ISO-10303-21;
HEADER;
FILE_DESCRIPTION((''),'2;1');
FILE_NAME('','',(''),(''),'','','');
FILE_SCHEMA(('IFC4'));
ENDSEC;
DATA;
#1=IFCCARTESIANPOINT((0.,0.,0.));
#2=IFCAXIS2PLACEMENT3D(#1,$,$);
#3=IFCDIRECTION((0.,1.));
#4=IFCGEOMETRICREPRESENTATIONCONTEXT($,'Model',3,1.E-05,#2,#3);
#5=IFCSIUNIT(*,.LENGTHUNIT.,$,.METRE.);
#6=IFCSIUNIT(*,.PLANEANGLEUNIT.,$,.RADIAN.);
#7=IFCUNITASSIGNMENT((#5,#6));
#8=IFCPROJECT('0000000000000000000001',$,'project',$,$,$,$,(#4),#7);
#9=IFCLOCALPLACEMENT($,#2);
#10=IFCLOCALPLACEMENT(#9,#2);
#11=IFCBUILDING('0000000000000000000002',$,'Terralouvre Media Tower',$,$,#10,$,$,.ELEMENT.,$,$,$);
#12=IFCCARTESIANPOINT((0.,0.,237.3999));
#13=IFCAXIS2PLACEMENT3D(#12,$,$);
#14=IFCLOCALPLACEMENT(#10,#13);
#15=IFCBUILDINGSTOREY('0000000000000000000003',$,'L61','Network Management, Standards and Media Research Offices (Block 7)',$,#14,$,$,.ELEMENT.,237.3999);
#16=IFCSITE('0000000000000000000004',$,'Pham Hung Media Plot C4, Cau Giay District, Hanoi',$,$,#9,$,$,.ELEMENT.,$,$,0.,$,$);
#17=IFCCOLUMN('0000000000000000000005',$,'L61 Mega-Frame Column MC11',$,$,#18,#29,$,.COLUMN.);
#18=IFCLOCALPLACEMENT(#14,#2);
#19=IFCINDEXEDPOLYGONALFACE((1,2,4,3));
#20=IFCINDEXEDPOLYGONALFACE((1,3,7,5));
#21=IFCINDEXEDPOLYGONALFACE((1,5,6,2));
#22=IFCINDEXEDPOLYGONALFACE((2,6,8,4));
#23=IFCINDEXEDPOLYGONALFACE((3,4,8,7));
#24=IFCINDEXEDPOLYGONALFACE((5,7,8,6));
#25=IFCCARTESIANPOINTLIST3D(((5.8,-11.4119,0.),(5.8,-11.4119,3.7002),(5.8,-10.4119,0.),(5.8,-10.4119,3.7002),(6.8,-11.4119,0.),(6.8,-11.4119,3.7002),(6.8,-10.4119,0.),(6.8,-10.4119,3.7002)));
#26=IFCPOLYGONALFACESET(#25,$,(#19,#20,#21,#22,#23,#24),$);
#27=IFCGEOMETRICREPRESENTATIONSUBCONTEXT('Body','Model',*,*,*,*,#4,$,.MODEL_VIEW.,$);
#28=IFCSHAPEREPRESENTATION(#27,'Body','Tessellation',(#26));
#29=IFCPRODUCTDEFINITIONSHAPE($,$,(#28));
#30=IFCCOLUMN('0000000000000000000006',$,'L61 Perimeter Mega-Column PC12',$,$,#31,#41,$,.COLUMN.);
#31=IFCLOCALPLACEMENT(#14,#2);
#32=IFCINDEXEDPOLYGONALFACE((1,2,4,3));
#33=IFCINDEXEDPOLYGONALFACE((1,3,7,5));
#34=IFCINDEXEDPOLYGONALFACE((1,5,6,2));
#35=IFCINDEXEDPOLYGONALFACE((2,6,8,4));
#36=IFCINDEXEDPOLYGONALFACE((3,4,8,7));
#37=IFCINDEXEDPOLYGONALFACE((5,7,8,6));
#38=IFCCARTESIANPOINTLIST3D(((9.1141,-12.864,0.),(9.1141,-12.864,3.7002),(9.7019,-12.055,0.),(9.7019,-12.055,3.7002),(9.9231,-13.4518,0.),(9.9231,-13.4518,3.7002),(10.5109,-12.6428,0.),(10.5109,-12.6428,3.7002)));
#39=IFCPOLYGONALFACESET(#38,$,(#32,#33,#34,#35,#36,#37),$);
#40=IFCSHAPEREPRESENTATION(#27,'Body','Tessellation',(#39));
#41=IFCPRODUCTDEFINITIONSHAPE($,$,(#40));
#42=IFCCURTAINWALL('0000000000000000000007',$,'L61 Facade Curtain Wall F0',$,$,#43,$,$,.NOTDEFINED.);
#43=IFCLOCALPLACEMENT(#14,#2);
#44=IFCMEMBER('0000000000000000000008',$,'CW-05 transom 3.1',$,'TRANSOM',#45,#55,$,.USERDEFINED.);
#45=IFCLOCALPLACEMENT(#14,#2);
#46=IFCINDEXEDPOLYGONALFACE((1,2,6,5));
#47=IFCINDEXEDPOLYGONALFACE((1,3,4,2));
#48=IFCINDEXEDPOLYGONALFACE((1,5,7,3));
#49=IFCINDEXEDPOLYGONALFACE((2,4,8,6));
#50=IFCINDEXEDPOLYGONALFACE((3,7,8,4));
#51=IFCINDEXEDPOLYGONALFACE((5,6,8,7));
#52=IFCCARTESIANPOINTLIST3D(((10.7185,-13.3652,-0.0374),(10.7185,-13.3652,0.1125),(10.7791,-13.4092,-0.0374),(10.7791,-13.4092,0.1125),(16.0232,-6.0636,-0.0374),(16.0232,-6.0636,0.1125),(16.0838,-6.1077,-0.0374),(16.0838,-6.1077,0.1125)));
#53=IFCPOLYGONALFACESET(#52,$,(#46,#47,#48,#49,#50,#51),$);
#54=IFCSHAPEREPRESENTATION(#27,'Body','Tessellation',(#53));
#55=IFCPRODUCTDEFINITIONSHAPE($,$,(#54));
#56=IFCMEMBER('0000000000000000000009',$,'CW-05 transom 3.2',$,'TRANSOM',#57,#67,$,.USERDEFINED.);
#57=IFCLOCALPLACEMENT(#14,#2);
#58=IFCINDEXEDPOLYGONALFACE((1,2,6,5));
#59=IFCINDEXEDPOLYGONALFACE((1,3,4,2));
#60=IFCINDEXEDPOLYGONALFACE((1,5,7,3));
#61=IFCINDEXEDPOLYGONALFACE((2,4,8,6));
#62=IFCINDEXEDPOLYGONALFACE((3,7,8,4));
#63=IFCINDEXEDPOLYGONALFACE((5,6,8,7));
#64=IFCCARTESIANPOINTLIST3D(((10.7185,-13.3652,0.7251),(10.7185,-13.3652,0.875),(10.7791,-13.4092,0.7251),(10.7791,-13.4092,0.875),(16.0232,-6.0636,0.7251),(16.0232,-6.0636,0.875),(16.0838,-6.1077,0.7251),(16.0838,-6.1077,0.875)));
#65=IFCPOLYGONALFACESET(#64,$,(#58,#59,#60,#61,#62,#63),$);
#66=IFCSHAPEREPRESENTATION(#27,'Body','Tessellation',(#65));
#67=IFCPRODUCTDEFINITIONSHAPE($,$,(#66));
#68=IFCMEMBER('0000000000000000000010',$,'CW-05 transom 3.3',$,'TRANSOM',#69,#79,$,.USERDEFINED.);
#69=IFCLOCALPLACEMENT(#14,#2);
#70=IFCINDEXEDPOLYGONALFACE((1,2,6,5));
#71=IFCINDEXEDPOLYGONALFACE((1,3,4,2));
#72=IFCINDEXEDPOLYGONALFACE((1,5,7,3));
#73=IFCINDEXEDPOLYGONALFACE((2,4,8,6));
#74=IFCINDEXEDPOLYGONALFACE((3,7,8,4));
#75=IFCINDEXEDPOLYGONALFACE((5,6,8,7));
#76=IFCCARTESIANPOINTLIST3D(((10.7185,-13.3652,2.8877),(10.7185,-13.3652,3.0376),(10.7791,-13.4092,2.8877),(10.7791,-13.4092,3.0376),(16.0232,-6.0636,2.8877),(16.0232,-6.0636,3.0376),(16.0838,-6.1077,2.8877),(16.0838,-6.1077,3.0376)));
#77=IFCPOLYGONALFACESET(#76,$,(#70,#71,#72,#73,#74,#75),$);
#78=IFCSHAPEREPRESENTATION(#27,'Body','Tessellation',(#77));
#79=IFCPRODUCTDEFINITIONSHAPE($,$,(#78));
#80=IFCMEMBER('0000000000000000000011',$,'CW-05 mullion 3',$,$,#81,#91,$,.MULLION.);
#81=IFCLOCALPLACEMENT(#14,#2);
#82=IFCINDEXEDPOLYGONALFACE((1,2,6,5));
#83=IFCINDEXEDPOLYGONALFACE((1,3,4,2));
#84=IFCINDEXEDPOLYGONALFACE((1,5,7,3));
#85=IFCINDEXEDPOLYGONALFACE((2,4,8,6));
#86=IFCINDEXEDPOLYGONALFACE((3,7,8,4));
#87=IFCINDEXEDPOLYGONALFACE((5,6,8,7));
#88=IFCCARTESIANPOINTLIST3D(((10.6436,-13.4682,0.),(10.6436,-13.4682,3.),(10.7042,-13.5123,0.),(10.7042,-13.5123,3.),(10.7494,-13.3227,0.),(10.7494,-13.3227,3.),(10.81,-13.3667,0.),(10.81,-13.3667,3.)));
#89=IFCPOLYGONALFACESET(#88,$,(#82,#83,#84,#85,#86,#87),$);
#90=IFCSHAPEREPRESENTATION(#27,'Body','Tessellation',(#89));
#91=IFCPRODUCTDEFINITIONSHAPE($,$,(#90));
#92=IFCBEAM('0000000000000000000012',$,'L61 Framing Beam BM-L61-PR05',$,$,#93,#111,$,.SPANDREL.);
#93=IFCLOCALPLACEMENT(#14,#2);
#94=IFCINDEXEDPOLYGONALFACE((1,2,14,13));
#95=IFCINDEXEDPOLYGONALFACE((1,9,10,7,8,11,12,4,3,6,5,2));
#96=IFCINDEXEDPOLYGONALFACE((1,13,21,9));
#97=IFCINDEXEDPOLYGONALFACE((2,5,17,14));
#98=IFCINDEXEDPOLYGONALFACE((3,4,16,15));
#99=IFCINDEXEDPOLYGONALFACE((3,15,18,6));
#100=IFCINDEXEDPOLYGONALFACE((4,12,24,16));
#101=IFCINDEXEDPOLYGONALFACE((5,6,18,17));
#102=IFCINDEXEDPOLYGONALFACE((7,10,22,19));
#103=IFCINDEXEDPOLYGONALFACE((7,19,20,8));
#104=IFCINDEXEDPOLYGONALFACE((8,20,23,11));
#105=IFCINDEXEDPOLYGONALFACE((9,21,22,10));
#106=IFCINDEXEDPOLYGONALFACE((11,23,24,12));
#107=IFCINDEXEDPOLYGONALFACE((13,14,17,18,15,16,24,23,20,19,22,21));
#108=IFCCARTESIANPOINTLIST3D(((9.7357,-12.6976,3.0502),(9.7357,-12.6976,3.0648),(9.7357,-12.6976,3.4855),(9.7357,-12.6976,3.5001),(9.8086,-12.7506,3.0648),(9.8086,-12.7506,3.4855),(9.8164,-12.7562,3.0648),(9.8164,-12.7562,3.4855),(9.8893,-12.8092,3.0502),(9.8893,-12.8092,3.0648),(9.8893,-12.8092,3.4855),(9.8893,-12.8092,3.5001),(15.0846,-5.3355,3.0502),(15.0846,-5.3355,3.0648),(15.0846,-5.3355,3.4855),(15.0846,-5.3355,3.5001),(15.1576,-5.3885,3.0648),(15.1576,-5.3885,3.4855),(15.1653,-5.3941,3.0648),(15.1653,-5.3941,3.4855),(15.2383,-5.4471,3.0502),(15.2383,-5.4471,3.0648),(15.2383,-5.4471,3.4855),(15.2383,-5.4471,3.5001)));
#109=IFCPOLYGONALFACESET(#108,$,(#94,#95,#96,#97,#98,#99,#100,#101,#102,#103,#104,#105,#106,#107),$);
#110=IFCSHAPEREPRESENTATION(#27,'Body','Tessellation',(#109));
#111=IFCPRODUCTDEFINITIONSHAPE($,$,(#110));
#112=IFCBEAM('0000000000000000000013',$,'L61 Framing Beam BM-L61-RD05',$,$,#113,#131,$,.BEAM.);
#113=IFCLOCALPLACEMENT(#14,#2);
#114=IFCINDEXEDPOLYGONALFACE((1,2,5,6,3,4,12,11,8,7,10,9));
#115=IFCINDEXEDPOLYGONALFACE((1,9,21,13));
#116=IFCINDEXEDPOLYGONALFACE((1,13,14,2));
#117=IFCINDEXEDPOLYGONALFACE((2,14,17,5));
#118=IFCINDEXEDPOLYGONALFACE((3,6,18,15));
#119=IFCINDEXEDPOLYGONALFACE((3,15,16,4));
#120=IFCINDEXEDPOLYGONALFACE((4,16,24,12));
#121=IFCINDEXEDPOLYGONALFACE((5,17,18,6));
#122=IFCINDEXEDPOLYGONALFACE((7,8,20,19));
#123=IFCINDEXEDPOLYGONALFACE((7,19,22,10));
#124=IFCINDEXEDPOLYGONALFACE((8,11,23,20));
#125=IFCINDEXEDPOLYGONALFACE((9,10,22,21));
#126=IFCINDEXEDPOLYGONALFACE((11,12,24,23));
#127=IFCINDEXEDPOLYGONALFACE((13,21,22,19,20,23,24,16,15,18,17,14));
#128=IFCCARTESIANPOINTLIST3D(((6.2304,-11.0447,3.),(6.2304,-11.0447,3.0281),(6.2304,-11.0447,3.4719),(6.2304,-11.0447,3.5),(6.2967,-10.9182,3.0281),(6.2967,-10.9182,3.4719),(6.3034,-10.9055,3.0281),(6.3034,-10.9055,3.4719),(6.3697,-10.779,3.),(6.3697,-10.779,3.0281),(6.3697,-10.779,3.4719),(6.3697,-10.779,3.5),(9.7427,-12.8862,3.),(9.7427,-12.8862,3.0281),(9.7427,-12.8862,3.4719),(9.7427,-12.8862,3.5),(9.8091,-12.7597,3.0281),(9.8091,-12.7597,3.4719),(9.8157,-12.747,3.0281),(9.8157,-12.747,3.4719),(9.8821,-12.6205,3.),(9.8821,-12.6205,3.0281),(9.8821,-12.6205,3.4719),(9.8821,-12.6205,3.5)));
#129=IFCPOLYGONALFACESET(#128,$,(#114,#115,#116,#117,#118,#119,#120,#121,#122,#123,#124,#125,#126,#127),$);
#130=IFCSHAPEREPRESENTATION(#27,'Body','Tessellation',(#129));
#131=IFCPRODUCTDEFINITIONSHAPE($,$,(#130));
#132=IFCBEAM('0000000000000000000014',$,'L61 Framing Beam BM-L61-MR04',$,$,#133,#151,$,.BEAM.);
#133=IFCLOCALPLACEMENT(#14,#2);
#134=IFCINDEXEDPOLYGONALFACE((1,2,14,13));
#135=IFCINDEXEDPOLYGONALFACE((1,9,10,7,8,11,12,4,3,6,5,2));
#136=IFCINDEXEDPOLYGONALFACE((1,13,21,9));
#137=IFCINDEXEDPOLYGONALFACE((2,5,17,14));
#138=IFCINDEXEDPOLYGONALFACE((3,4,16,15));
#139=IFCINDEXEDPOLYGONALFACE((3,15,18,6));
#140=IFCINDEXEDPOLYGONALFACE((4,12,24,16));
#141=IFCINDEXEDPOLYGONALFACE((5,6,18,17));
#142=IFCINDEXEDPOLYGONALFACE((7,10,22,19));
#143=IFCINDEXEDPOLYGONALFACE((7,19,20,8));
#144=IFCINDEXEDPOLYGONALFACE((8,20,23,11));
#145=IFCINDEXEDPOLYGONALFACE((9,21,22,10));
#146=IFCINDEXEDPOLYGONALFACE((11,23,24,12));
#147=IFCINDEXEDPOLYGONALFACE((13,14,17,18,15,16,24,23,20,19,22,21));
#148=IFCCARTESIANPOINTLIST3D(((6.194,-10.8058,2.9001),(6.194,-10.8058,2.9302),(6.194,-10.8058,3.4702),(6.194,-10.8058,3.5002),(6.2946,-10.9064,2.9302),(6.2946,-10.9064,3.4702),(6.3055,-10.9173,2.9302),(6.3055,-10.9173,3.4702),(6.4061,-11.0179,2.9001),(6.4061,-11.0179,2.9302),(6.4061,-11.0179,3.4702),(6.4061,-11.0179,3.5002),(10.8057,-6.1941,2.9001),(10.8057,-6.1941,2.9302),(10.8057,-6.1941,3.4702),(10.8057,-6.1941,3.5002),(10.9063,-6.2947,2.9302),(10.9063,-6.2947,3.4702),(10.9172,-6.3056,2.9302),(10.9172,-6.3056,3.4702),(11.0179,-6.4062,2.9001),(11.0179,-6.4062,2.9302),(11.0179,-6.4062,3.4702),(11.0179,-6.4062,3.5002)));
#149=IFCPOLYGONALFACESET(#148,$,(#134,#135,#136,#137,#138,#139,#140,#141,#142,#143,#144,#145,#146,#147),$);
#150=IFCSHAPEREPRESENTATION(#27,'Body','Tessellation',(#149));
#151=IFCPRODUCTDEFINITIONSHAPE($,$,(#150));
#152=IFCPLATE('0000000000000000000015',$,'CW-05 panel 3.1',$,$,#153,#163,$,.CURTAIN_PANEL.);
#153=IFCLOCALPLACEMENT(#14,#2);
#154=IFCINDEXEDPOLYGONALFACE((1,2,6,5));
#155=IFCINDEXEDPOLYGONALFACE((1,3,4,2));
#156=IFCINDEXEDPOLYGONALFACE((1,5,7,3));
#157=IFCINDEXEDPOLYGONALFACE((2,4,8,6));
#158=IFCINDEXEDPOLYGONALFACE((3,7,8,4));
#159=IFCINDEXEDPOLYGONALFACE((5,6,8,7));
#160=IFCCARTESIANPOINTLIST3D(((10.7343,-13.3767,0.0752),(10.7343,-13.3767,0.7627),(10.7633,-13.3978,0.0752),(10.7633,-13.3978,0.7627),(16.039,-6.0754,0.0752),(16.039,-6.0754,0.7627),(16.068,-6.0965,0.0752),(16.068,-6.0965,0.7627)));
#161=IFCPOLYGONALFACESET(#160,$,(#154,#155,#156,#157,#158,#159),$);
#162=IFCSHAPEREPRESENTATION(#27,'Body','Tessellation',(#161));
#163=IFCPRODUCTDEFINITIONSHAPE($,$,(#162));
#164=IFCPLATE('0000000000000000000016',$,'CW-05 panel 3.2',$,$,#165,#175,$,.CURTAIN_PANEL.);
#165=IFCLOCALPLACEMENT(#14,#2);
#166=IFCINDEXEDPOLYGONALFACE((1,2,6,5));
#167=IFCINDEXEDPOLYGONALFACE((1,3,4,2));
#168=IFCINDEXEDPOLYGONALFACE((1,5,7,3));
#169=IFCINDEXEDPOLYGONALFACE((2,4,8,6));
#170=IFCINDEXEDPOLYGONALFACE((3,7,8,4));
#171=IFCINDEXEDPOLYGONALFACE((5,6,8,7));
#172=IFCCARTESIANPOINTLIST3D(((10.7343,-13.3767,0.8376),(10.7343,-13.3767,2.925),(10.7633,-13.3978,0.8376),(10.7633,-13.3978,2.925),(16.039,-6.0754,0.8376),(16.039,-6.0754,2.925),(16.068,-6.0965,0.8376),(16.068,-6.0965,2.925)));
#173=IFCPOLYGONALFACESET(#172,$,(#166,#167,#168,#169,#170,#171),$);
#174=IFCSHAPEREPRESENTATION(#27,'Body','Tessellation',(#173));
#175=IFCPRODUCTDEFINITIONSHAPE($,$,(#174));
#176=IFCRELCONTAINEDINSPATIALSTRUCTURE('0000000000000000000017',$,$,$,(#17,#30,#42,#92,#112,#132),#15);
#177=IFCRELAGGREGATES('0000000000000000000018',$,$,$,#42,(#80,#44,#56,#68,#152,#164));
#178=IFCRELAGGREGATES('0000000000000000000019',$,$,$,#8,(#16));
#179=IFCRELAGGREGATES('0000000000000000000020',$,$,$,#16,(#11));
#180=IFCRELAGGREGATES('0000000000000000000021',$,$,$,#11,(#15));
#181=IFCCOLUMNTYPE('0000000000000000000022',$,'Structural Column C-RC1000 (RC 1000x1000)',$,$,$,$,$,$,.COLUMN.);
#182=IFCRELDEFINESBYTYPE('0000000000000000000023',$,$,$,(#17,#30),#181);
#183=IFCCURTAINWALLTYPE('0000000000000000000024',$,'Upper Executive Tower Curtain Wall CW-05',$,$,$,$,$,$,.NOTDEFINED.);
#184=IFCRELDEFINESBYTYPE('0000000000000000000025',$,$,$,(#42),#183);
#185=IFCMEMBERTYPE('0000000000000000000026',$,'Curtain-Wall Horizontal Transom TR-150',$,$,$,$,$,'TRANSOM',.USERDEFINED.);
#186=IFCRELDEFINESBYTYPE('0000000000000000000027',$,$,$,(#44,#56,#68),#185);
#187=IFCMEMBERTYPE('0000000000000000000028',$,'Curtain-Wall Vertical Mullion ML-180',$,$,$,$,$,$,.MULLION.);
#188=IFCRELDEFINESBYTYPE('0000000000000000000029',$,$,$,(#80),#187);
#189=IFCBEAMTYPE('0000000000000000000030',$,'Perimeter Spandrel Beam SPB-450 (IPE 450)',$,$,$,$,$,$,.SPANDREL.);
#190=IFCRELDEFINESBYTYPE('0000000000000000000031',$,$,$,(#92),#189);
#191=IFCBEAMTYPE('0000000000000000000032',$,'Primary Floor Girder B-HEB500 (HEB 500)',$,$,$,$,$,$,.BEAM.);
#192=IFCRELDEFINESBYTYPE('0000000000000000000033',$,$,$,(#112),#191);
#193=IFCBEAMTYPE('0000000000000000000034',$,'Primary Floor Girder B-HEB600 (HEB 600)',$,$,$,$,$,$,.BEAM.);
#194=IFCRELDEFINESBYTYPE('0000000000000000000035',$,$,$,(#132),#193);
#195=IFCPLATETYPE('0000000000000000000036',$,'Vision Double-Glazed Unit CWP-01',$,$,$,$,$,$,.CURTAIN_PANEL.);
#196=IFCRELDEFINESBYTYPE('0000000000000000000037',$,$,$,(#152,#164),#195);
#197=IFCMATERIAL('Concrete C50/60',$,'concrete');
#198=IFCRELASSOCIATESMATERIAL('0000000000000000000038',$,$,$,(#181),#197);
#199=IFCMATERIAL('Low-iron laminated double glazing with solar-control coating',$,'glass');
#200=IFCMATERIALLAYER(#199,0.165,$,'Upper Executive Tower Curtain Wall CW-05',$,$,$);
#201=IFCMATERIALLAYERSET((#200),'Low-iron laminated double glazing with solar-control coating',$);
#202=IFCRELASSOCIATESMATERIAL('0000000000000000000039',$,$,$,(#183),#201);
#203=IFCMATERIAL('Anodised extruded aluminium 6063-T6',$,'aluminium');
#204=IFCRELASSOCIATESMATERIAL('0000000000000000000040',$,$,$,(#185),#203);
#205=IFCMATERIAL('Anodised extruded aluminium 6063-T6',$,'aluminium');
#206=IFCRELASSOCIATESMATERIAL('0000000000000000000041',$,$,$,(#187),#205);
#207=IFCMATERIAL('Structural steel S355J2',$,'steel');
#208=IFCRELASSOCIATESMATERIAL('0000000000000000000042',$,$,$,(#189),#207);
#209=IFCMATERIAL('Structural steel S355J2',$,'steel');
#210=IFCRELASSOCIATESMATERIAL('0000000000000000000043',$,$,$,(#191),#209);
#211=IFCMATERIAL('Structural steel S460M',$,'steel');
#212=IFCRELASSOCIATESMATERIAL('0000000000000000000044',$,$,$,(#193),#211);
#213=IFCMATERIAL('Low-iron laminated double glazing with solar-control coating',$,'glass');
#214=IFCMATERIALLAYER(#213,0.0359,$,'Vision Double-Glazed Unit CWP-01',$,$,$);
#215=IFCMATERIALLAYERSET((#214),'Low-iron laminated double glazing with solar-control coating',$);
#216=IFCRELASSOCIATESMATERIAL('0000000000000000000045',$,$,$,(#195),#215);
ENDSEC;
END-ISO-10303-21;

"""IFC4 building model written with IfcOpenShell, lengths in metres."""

from ifc_helpers import new_model, si_unit, direction, frame, origin, origin_2d, place, context, subcontext, project, spatial, rectangle, i_section, extrude, material, layer, layer_set, material_profile, profile_set, type_object, element, aggregate, save


model = new_model("IFC4")

# Units and contexts
model_context = context("Model", 3, precision=1e-05, world=origin(), true_north=direction((0.0, 1.0)))
body_context = subcontext(model_context, "Body", "Model", "MODEL_VIEW")
ifc_project = project(units=[si_unit("LENGTHUNIT", "METRE"), si_unit("PLANEANGLEUNIT", "RADIAN")], contexts=[model_context])

# Site, building, storey
site_placement = place(None, origin())
site = spatial("IfcSite", under=ifc_project, at=site_placement, Name="Pham Hung Media Plot C4, Cau Giay District, Hanoi", CompositionType="ELEMENT", RefElevation=0.0)
building_placement = place(site_placement, origin())
building = spatial("IfcBuilding", under=site, at=building_placement, Name="Terralouvre Media Tower", CompositionType="ELEMENT")
storey_placement = place(building_placement, frame((0.0, 0.0, 237.3999)))
storey = spatial("IfcBuildingStorey", under=building, at=storey_placement, Name="L61", Description="Network Management, Standards and Media Research Offices (Block 7)", CompositionType="ELEMENT", Elevation=237.3999)

# Columns
ifc_material_1 = material(Name="Concrete C50/60", Category="concrete")
ifc_material_profile_1 = material_profile(ifc_material_1, rectangle(XDim=1.0, YDim=1.0, at=origin_2d()), Name="RC 1000x1000")
ifc_profile_set_1 = profile_set([ifc_material_profile_1], Name="Concrete C50/60")
column_type = type_object("IfcColumnType", Name="Structural Column C-RC1000 (RC 1000x1000)", PredefinedType="COLUMN", material=ifc_profile_set_1)
for number, where, z_axis, x_axis, name in (
    (1, (6.3, -10.9119, 0.0), (0.0, 0.0, 1.0), (1.0, 0.0, 0.0), "L61 Mega-Frame Column MC11"),
    (2, (9.8125, -12.7534, 0.0), (0.0, 0.0, 1.0), (0.587785, 0.809017, 0.0), "L61 Perimeter Mega-Column PC12"),
):
    element("IfcColumn", number, at=place(storey_placement, frame(where, z_axis=z_axis, x_axis=x_axis)), inside=storey, type_object=column_type, Name=name, PredefinedType="COLUMN", context=body_context, shape_type="SweptSolid", body=[
        extrude(rectangle(XDim=1.0, YDim=1.0, at=origin_2d()), origin(), (0.0, 0.0, 1.0), 3.7002),
    ])

# Curtain wall, members
ifc_material_2 = material(Name="Low-iron laminated double glazing with solar-control coating", Category="glass")
ifc_layer_1 = layer(ifc_material_2, 0.165, Name="Upper Executive Tower Curtain Wall CW-05")
ifc_layer_set_1 = layer_set([ifc_layer_1], Name="Low-iron laminated double glazing with solar-control coating")
curtain_wall_type = type_object("IfcCurtainWallType", Name="Upper Executive Tower Curtain Wall CW-05", PredefinedType="NOTDEFINED", material=ifc_layer_set_1)
curtain_wall_placement = place(storey_placement, origin())
curtain_wall = element("IfcCurtainWall", 3, at=curtain_wall_placement, inside=storey, type_object=curtain_wall_type, Name="L61 Facade Curtain Wall F0", PredefinedType="NOTDEFINED")
ifc_material_3 = material(Name="Anodised extruded aluminium 6063-T6", Category="aluminium")
ifc_material_profile_2 = material_profile(ifc_material_3, rectangle(XDim=0.075, YDim=0.1499, at=origin_2d()), Name="ALU 75x150")
ifc_profile_set_2 = profile_set([ifc_material_profile_2], Name="Anodised extruded aluminium 6063-T6")
member_type_1 = type_object("IfcMemberType", Name="Curtain-Wall Horizontal Transom TR-150", ElementType="TRANSOM", PredefinedType="USERDEFINED", material=ifc_profile_set_2)
member_1_placement = place(storey_placement, frame((10.7488, -13.3872, 0.0376), z_axis=(0.587773, 0.809026, 0.0), x_axis=(-0.809026, 0.587773, 0.0)))
member_1 = element("IfcMember", 4, at=member_1_placement, type_object=member_type_1, Name="CW-05 transom 3.1", ObjectType="TRANSOM", PredefinedType="USERDEFINED", context=body_context, shape_type="SweptSolid", body=[
    extrude(rectangle(XDim=0.075, YDim=0.1499, at=origin_2d()), origin(), (0.0, 0.0, 1.0), 9.0251),
])
member_2_placement = place(storey_placement, frame((10.7488, -13.3872, 0.8), z_axis=(0.587773, 0.809026, 0.0), x_axis=(-0.809026, 0.587773, 0.0)))
member_2 = element("IfcMember", 5, at=member_2_placement, type_object=member_type_1, Name="CW-05 transom 3.2", ObjectType="TRANSOM", PredefinedType="USERDEFINED", context=body_context, shape_type="SweptSolid", body=[
    extrude(rectangle(XDim=0.075, YDim=0.1499, at=origin_2d()), origin(), (0.0, 0.0, 1.0), 9.0251),
])
member_3_placement = place(storey_placement, frame((10.7488, -13.3872, 2.9626), z_axis=(0.587773, 0.809026, 0.0), x_axis=(-0.809026, 0.587773, 0.0)))
member_3 = element("IfcMember", 6, at=member_3_placement, type_object=member_type_1, Name="CW-05 transom 3.3", ObjectType="TRANSOM", PredefinedType="USERDEFINED", context=body_context, shape_type="SweptSolid", body=[
    extrude(rectangle(XDim=0.075, YDim=0.1499, at=origin_2d()), origin(), (0.0, 0.0, 1.0), 9.0251),
])
ifc_material_4 = material(Name="Anodised extruded aluminium 6063-T6", Category="aluminium")
ifc_material_profile_3 = material_profile(ifc_material_4, rectangle(XDim=0.075, YDim=0.1799, at=origin_2d()), Name="ALU 75x180")
ifc_profile_set_3 = profile_set([ifc_material_profile_3], Name="Anodised extruded aluminium 6063-T6")
member_type_2 = type_object("IfcMemberType", Name="Curtain-Wall Vertical Mullion ML-180", PredefinedType="MULLION", material=ifc_profile_set_3)
member_4_placement = place(storey_placement, frame((10.7268, -13.4175, 0.0), z_axis=(0.0, 0.0, 1.0), x_axis=(-0.809017, 0.587785, 0.0)))
member_4 = element("IfcMember", 7, at=member_4_placement, type_object=member_type_2, Name="CW-05 mullion 3", PredefinedType="MULLION", context=body_context, shape_type="SweptSolid", body=[
    extrude(rectangle(XDim=0.075, YDim=0.1799, at=origin_2d()), origin(), (0.0, 0.0, 1.0), 3.0),
])

# Beams
ifc_material_5 = material(Name="Structural steel S355J2", Category="steel")
ifc_material_profile_4 = material_profile(ifc_material_5, i_section(OverallWidth=0.1899, OverallDepth=0.45, WebThickness=0.0095, FlangeThickness=0.0146, at=origin_2d()), Name="IPE 450")
ifc_profile_set_4 = profile_set([ifc_material_profile_4], Name="Structural steel S355J2")
beam_type_1 = type_object("IfcBeamType", Name="Perimeter Spandrel Beam SPB-450 (IPE 450)", PredefinedType="SPANDREL", material=ifc_profile_set_4)
beam_1_placement = place(storey_placement, frame((9.8125, -12.7534, 3.2751), z_axis=(0.587787, 0.809016, 0.0), x_axis=(-0.809016, 0.587787, 0.0)))
element("IfcBeam", 8, at=beam_1_placement, inside=storey, type_object=beam_type_1, Name="L61 Framing Beam BM-L61-PR05", PredefinedType="SPANDREL", context=body_context, shape_type="SweptSolid", body=[
    extrude(i_section(OverallWidth=0.1899, OverallDepth=0.45, WebThickness=0.0095, FlangeThickness=0.0146, at=origin_2d()), origin(), (0.0, 0.0, 1.0), 9.1001),
])
ifc_material_6 = material(Name="Structural steel S355J2", Category="steel")
ifc_material_profile_5 = material_profile(ifc_material_6, i_section(OverallWidth=0.3, OverallDepth=0.5, WebThickness=0.0144, FlangeThickness=0.0281, at=origin_2d()), Name="HEB 500")
ifc_profile_set_5 = profile_set([ifc_material_profile_5], Name="Structural steel S355J2")
beam_type_2 = type_object("IfcBeamType", Name="Primary Floor Girder B-HEB500 (HEB 500)", PredefinedType="BEAM", material=ifc_profile_set_5)
beam_2_placement = place(storey_placement, frame((6.3, -10.9119, 3.25), z_axis=(0.885656, -0.464343, 0.0), x_axis=(0.464343, 0.885656, 0.0)))
element("IfcBeam", 9, at=beam_2_placement, inside=storey, type_object=beam_type_2, Name="L61 Framing Beam BM-L61-RD05", PredefinedType="BEAM", context=body_context, shape_type="SweptSolid", body=[
    extrude(i_section(OverallWidth=0.3, OverallDepth=0.5, WebThickness=0.0144, FlangeThickness=0.0281, at=origin_2d()), origin(), (0.0, 0.0, 1.0), 3.9658),
])
ifc_material_7 = material(Name="Structural steel S460M", Category="steel")
ifc_material_profile_6 = material_profile(ifc_material_7, i_section(OverallWidth=0.3, OverallDepth=0.6001, WebThickness=0.0154, FlangeThickness=0.03, at=origin_2d()), Name="HEB 600")
ifc_profile_set_6 = profile_set([ifc_material_profile_6], Name="Structural steel S460M")
beam_type_3 = type_object("IfcBeamType", Name="Primary Floor Girder B-HEB600 (HEB 600)", PredefinedType="BEAM", material=ifc_profile_set_6)
beam_3_placement = place(storey_placement, frame((6.3, -10.9119, 3.2002), z_axis=(0.707107, 0.707107, 0.0), x_axis=(-0.707107, 0.707107, 0.0)))
element("IfcBeam", 10, at=beam_3_placement, inside=storey, type_object=beam_type_3, Name="L61 Framing Beam BM-L61-MR04", PredefinedType="BEAM", context=body_context, shape_type="SweptSolid", body=[
    extrude(i_section(OverallWidth=0.3, OverallDepth=0.6001, WebThickness=0.0154, FlangeThickness=0.03, at=origin_2d()), origin(), (0.0, 0.0, 1.0), 6.522),
])

# Plates
ifc_material_8 = material(Name="Low-iron laminated double glazing with solar-control coating", Category="glass")
ifc_layer_2 = layer(ifc_material_8, 0.0359, Name="Vision Double-Glazed Unit CWP-01")
ifc_layer_set_2 = layer_set([ifc_layer_2], Name="Low-iron laminated double glazing with solar-control coating")
plate_type = type_object("IfcPlateType", Name="Vision Double-Glazed Unit CWP-01", PredefinedType="CURTAIN_PANEL", material=ifc_layer_set_2)
plate_1_placement = place(storey_placement, frame((13.4011, -9.7366, 0.0752), z_axis=(0.0, 0.0, 1.0), x_axis=(0.587785, 0.809017, 0.0)))
plate_1 = element("IfcPlate", 11, at=plate_1_placement, type_object=plate_type, Name="CW-05 panel 3.1", PredefinedType="CURTAIN_PANEL", context=body_context, shape_type="SweptSolid", body=[
    extrude(rectangle(XDim=9.0249, YDim=0.0359, at=origin_2d()), origin(), (0.0, 0.0, 1.0), 0.6875),
])
plate_2_placement = place(storey_placement, frame((13.4011, -9.7366, 0.8376), z_axis=(0.0, 0.0, 1.0), x_axis=(0.587785, 0.809017, 0.0)))
plate_2 = element("IfcPlate", 12, at=plate_2_placement, type_object=plate_type, Name="CW-05 panel 3.2", PredefinedType="CURTAIN_PANEL", context=body_context, shape_type="SweptSolid", body=[
    extrude(rectangle(XDim=9.0249, YDim=0.0359, at=origin_2d()), origin(), (0.0, 0.0, 1.0), 2.0874),
])
aggregate(curtain_wall, [member_4, member_1, member_2, member_3, plate_1, plate_2])

save(model, "model.ifc")
